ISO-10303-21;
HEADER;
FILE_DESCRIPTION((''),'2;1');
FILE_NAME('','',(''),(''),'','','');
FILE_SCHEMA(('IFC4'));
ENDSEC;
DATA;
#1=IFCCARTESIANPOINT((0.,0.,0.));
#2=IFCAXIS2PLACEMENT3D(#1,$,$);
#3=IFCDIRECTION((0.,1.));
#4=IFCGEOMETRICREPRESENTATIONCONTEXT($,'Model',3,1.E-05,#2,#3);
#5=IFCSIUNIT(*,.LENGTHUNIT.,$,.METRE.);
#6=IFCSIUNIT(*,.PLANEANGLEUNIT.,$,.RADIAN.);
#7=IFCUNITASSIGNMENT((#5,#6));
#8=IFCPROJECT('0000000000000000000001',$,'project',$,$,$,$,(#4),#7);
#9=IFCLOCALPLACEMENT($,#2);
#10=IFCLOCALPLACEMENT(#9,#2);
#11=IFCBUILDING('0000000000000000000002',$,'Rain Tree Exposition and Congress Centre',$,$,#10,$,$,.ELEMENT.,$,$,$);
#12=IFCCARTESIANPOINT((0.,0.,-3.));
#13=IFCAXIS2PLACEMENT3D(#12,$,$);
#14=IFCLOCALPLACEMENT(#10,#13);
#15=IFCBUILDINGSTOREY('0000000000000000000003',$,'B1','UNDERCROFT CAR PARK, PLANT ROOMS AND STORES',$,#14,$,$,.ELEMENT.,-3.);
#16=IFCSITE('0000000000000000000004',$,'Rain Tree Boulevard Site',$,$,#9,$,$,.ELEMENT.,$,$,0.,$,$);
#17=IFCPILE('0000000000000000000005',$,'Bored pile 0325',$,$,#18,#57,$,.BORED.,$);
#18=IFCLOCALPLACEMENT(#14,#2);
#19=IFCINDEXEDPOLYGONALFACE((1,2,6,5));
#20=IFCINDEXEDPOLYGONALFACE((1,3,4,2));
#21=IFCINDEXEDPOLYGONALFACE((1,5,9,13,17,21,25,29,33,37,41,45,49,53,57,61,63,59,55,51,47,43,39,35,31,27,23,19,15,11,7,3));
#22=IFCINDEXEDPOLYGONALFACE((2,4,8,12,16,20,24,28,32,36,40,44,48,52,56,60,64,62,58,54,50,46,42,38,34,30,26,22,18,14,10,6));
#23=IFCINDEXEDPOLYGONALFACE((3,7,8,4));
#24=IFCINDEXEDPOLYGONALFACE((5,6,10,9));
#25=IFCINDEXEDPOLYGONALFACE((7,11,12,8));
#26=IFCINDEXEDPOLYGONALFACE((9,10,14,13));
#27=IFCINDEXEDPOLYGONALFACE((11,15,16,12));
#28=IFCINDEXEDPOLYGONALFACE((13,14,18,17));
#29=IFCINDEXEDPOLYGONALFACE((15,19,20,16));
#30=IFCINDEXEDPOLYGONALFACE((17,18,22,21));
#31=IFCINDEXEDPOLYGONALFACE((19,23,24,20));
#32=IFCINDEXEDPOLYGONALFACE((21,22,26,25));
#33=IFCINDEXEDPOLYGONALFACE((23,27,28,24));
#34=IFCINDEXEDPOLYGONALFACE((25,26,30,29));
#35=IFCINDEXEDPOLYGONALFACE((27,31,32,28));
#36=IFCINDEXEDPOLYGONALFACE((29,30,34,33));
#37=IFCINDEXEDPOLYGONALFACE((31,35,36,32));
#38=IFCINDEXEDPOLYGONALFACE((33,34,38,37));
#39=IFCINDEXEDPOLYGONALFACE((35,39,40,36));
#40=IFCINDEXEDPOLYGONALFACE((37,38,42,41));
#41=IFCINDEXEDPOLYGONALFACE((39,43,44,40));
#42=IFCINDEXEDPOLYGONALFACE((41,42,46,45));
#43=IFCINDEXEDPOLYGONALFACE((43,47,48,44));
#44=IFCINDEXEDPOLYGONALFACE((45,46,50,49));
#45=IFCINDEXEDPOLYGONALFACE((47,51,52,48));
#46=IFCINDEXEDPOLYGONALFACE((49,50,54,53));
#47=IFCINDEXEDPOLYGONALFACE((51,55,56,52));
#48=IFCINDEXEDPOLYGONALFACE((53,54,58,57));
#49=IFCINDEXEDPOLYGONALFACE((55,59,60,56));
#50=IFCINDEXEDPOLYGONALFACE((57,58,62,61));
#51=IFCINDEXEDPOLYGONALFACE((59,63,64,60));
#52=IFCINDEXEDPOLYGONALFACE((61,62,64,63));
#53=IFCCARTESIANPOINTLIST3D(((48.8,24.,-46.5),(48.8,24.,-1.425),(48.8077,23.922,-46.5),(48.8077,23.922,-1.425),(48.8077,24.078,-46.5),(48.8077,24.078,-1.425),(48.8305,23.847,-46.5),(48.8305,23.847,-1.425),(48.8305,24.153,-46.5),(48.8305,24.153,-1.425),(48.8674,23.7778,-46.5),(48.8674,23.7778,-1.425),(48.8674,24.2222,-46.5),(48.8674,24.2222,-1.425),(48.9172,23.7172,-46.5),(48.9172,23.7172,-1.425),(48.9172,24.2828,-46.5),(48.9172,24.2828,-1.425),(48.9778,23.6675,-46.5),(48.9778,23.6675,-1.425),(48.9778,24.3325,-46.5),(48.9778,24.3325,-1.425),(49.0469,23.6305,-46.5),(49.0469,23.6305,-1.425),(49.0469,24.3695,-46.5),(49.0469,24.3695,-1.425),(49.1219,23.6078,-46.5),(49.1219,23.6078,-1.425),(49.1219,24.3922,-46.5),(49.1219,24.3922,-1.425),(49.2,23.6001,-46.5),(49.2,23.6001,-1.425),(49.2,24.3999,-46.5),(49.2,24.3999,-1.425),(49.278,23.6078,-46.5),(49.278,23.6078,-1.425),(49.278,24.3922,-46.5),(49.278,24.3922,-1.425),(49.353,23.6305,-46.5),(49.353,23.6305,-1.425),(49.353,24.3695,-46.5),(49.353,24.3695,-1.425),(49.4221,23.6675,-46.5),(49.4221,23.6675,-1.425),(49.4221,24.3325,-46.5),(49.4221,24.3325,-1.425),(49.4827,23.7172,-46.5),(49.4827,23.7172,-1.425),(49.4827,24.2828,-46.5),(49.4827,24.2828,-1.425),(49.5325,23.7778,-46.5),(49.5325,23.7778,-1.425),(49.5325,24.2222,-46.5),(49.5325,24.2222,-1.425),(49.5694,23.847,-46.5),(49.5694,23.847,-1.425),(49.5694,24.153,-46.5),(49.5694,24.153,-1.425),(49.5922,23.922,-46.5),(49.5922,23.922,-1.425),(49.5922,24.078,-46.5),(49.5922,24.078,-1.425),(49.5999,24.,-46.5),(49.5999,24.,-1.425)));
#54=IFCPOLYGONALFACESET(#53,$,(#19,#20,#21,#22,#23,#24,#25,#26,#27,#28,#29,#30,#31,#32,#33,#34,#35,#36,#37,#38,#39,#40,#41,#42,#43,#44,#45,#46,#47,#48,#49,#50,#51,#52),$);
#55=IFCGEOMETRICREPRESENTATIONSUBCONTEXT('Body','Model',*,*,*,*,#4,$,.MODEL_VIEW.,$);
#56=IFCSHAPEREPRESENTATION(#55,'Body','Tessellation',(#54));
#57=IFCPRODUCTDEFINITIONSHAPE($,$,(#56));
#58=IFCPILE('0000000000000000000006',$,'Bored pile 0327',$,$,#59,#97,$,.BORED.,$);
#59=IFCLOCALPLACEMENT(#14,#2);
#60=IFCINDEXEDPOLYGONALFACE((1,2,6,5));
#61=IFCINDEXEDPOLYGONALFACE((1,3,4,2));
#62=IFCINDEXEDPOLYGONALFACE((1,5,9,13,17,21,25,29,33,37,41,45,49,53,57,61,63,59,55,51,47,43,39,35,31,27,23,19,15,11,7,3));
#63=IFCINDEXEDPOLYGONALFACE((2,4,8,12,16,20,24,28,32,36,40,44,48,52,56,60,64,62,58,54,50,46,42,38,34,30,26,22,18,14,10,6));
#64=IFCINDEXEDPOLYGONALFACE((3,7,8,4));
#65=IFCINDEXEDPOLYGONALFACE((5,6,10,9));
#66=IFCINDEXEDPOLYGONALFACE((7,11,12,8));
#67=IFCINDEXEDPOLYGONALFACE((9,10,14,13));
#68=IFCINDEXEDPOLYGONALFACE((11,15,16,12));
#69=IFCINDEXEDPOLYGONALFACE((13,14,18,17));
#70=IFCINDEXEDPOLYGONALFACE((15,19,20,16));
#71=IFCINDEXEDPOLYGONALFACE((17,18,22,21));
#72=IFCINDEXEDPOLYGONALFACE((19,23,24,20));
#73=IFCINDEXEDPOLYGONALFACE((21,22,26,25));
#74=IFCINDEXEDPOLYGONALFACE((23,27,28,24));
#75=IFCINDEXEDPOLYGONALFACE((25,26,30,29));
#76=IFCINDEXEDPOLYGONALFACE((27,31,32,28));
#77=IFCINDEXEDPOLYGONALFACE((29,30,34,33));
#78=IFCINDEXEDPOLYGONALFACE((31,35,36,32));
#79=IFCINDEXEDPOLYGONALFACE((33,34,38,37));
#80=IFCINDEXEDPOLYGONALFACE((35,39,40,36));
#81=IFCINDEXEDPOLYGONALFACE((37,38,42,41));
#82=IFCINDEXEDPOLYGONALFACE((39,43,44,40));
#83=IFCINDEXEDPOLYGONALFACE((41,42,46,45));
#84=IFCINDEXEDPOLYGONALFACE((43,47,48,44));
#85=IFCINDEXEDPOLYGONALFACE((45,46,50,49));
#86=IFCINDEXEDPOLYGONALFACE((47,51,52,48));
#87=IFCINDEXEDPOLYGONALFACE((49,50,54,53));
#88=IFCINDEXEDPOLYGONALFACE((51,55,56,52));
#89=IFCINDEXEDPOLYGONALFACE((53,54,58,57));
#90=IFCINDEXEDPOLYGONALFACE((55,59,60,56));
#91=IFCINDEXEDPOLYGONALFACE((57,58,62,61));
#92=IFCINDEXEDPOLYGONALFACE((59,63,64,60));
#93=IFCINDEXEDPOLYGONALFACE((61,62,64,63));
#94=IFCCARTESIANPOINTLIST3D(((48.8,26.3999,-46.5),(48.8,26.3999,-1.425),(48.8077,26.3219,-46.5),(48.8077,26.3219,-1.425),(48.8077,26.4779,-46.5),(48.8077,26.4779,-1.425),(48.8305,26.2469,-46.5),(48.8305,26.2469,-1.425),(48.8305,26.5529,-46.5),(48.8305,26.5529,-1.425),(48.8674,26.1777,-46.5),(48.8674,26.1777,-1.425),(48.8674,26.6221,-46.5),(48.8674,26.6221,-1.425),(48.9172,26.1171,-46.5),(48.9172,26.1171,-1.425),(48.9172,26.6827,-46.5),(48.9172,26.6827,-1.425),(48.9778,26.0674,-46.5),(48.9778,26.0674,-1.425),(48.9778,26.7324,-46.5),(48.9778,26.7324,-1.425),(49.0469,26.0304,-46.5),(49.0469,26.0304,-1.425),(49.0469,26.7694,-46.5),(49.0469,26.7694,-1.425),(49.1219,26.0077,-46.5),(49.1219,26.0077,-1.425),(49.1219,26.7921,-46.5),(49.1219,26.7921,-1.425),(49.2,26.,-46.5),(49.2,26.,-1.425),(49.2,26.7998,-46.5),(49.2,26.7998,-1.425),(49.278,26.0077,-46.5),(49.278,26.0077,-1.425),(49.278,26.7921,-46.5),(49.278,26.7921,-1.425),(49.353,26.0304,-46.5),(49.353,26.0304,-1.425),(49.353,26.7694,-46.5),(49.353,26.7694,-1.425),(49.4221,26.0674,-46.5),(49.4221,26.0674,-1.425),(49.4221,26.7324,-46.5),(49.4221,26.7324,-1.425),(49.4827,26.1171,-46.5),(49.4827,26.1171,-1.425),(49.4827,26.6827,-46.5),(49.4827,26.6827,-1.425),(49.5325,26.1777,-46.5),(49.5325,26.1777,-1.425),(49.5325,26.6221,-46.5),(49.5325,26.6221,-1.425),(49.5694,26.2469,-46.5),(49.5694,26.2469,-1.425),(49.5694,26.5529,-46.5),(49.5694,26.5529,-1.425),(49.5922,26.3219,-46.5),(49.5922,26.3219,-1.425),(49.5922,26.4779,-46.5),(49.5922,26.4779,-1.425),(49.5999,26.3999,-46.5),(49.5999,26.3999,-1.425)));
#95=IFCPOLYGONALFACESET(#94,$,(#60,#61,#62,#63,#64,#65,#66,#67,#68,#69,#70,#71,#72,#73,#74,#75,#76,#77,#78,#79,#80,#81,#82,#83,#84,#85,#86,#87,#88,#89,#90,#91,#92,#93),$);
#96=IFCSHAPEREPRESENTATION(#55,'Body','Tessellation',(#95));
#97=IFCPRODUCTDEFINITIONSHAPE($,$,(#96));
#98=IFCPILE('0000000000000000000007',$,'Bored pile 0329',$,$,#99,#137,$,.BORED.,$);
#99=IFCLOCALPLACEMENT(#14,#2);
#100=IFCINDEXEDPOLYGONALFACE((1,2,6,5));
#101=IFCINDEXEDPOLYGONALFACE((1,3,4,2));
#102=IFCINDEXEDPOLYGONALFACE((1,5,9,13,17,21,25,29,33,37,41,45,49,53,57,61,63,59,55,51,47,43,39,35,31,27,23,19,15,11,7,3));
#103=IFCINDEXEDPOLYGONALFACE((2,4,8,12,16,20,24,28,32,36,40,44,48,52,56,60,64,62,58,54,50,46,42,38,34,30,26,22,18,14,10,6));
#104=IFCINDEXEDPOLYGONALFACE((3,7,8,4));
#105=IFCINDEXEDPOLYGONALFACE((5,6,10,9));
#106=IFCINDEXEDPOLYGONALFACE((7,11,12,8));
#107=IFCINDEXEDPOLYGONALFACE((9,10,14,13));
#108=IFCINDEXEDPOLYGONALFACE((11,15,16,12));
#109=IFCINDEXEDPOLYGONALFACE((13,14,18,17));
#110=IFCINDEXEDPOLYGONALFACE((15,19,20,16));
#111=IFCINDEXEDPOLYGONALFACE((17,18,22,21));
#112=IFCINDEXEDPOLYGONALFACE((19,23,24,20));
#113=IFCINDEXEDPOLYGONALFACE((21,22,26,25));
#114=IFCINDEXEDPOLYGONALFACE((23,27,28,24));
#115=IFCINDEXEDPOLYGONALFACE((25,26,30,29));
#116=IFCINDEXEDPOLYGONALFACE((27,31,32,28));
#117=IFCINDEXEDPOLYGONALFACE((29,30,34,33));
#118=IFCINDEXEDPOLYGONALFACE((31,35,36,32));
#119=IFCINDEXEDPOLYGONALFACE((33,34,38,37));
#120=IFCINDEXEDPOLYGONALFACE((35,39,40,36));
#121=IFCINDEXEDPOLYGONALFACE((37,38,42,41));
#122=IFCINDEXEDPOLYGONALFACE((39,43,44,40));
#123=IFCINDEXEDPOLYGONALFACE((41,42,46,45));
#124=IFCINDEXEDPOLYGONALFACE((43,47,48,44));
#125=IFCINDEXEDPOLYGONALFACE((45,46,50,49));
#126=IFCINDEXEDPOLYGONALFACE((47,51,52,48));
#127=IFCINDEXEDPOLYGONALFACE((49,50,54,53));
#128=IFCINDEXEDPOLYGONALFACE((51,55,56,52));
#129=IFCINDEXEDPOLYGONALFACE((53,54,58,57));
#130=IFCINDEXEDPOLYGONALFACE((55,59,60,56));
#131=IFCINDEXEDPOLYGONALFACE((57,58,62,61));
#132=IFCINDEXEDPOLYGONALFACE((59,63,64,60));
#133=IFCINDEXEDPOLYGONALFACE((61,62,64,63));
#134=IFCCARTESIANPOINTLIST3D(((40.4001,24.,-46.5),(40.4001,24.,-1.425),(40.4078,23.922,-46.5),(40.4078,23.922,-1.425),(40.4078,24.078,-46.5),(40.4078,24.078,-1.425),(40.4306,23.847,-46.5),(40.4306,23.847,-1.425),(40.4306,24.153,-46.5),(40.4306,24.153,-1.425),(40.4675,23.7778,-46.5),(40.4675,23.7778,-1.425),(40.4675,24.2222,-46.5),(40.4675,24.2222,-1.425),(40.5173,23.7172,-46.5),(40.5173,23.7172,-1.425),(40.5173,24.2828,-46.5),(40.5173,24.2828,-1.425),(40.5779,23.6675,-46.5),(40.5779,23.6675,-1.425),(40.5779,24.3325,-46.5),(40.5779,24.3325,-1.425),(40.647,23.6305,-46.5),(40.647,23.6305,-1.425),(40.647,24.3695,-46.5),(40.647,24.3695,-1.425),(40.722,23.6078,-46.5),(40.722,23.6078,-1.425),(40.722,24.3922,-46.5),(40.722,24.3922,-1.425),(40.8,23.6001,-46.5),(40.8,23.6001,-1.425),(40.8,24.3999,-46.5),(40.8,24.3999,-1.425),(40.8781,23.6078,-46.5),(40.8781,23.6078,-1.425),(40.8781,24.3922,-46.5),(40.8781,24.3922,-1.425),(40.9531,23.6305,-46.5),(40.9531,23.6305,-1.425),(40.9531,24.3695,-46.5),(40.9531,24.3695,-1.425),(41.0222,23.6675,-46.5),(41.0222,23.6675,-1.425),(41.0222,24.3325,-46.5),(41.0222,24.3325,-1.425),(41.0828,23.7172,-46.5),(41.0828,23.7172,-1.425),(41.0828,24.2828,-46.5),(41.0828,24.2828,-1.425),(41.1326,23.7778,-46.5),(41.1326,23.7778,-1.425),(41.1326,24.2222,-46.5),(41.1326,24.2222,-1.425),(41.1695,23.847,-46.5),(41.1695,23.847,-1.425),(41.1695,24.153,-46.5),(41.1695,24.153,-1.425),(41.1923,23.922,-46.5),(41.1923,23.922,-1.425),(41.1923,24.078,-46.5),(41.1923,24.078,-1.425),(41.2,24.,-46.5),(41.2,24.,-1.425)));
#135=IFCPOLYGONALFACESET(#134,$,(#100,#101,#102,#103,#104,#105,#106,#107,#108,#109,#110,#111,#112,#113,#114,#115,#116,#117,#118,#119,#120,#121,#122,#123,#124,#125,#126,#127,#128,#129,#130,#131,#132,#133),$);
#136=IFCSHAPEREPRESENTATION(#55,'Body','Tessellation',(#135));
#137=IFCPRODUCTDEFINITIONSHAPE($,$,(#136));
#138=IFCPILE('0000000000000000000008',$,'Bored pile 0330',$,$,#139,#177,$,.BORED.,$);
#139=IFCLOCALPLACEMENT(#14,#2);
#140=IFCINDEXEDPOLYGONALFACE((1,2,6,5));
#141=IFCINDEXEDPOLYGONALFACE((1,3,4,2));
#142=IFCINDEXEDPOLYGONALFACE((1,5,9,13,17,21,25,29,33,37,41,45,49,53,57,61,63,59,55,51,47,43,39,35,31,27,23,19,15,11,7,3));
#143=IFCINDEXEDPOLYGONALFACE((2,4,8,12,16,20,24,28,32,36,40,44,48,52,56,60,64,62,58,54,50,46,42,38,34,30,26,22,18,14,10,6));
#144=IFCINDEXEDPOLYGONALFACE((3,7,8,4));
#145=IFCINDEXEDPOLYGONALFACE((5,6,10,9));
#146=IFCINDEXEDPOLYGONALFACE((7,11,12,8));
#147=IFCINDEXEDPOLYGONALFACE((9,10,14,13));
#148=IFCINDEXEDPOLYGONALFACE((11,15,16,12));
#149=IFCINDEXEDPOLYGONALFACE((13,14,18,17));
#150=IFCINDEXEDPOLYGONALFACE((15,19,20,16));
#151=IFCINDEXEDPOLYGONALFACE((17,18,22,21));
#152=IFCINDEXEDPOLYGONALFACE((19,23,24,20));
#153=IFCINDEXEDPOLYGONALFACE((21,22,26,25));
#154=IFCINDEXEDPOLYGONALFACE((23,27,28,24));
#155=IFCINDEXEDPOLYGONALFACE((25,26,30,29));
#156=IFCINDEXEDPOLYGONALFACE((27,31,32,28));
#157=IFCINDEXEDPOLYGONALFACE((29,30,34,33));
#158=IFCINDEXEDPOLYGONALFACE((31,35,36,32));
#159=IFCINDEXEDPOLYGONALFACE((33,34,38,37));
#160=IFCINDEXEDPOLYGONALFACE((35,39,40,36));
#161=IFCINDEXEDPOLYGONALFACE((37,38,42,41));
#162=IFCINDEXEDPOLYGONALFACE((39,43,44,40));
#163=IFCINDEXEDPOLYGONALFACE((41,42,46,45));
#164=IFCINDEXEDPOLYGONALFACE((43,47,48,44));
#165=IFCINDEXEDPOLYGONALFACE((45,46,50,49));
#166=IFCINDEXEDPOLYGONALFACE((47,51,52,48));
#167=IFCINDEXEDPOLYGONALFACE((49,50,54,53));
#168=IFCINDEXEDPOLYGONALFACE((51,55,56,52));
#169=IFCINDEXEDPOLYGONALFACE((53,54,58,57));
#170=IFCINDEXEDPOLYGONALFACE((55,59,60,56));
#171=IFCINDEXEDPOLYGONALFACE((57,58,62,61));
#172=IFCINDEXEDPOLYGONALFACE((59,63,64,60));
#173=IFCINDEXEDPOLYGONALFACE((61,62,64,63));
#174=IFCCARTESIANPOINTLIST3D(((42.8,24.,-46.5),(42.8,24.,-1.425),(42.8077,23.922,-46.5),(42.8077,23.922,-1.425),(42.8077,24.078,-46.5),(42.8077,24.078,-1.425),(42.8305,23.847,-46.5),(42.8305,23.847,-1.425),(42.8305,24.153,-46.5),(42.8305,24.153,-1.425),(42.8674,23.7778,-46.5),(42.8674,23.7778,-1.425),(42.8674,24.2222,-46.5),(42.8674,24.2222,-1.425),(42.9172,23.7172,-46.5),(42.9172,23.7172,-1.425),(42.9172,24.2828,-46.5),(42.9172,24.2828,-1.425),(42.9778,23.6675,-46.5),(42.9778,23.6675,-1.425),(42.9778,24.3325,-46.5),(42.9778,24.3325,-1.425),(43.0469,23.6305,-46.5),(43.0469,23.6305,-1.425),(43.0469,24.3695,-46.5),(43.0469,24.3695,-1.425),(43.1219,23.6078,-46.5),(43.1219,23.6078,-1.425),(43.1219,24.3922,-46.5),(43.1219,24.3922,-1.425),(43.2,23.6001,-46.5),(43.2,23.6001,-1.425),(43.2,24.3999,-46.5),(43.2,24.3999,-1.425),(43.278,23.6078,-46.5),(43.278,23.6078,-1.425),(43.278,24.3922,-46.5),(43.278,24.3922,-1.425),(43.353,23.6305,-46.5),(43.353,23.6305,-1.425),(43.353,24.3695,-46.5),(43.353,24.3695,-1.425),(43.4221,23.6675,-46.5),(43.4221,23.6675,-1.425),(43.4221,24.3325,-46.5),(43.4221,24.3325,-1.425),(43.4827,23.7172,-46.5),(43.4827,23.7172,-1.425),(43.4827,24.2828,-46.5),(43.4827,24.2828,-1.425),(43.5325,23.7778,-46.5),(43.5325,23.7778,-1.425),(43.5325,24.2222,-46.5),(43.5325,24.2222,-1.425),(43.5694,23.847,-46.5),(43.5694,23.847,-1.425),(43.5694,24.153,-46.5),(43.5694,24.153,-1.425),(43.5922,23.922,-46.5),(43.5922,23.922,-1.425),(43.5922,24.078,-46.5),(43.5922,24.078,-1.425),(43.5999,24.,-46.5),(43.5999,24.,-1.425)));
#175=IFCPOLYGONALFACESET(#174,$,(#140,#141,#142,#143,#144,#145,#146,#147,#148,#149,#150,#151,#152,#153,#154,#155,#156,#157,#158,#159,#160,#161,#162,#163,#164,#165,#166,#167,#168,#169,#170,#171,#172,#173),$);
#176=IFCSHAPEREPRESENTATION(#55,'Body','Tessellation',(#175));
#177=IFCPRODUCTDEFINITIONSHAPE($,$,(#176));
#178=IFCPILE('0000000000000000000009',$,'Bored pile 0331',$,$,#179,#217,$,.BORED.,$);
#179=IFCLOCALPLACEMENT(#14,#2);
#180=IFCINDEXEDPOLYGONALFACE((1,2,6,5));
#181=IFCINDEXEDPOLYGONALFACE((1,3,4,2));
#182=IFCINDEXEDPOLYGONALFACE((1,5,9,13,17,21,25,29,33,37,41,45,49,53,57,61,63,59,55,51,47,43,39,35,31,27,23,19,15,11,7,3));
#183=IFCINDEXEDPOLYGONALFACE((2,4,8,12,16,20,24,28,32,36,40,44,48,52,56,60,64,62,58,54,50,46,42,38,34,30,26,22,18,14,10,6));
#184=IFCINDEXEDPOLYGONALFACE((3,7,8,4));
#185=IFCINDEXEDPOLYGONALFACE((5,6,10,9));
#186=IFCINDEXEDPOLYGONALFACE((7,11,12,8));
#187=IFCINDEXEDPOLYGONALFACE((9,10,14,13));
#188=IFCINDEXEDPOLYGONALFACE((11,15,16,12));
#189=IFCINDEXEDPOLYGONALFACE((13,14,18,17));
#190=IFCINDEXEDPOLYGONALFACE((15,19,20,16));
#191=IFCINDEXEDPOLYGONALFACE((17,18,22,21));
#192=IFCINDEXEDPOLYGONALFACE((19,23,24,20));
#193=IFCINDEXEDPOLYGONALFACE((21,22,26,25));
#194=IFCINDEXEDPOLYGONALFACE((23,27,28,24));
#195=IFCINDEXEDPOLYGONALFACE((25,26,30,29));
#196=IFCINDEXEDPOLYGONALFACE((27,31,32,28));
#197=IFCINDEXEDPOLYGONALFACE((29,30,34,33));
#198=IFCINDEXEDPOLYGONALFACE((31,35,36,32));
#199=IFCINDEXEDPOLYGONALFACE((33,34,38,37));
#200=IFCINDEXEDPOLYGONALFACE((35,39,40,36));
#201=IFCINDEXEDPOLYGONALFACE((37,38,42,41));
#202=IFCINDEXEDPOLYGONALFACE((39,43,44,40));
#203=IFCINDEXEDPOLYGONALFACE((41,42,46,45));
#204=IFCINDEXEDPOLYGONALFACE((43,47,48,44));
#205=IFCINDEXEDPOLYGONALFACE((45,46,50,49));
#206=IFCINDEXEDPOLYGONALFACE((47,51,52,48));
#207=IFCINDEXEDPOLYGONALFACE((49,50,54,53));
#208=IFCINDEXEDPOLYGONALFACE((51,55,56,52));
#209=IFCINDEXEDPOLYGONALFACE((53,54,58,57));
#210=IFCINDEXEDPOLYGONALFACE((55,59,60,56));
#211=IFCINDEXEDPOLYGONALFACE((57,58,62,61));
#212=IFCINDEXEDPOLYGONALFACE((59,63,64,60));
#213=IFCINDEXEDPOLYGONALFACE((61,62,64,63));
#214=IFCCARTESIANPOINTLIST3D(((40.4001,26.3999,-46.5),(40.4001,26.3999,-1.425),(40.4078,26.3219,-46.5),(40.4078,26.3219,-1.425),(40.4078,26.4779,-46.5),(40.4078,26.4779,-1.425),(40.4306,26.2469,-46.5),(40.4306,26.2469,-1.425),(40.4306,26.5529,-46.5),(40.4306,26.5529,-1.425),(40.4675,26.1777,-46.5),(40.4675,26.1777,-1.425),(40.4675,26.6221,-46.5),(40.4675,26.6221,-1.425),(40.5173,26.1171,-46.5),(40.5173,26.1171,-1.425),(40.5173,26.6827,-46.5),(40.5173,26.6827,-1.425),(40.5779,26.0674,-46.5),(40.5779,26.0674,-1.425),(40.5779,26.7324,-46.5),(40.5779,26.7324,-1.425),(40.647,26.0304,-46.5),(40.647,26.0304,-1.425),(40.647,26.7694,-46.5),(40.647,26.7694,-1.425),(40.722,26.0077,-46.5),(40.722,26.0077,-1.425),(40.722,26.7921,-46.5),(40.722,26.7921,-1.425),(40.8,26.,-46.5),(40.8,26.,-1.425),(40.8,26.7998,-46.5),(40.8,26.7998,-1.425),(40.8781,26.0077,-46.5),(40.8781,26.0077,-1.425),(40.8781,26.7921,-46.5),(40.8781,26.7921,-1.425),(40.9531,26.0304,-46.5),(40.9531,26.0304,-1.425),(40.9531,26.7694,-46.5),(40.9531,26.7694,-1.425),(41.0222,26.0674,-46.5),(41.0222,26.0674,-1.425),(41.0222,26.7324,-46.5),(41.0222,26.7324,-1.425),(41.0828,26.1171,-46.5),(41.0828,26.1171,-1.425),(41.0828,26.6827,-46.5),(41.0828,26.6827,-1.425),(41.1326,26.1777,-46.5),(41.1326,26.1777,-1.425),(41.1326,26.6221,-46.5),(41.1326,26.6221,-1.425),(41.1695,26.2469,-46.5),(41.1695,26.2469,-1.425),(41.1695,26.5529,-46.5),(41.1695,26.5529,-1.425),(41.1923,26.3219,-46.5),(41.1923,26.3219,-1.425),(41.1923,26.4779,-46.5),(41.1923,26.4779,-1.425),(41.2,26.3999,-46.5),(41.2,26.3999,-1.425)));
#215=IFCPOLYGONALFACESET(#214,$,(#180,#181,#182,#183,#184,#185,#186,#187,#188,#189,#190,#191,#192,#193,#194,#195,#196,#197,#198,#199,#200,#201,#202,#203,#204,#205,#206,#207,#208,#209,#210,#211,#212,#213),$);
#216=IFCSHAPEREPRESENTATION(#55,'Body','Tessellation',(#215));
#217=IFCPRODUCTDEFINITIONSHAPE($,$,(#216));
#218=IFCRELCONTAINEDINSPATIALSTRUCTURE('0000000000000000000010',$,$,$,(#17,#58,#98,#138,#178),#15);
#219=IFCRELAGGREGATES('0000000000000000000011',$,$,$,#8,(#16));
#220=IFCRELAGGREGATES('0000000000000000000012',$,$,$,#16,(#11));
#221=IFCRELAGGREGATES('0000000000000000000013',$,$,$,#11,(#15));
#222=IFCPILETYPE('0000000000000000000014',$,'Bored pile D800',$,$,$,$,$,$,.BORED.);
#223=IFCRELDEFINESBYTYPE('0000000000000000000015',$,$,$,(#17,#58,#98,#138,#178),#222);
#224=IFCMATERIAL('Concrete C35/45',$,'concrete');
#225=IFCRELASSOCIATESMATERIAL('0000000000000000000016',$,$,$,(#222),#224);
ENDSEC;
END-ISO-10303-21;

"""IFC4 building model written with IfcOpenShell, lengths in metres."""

from ifc_helpers import new_model, si_unit, direction, frame, origin, origin_2d, place, context, subcontext, project, spatial, circle, extrude, material, material_profile, profile_set, type_object, element, save


model = new_model("IFC4")

# Units and contexts
model_context = context("Model", 3, precision=1e-05, world=origin(), true_north=direction((0.0, 1.0)))
body_context = subcontext(model_context, "Body", "Model", "MODEL_VIEW")
ifc_project = project(units=[si_unit("LENGTHUNIT", "METRE"), si_unit("PLANEANGLEUNIT", "RADIAN")], contexts=[model_context])

# Site, building, storey
site_placement = place(None, origin())
site = spatial("IfcSite", under=ifc_project, at=site_placement, Name="Rain Tree Boulevard Site", CompositionType="ELEMENT", RefElevation=0.0)
building_placement = place(site_placement, origin())
building = spatial("IfcBuilding", under=site, at=building_placement, Name="Rain Tree Exposition and Congress Centre", CompositionType="ELEMENT")
storey_placement = place(building_placement, frame((0.0, 0.0, -3.0)))
storey = spatial("IfcBuildingStorey", under=building, at=storey_placement, Name="B1", Description="UNDERCROFT CAR PARK, PLANT ROOMS AND STORES", CompositionType="ELEMENT", Elevation=-3.0)

# Piles
ifc_material_1 = material(Name="Concrete C35/45", Category="concrete")
ifc_material_profile_1 = material_profile(ifc_material_1, circle(Radius=0.3999, at=origin_2d()), Name="D800")
ifc_profile_set_1 = profile_set([ifc_material_profile_1], Name="Concrete C35/45")
pile_type = type_object("IfcPileType", Name="Bored pile D800", PredefinedType="BORED", material=ifc_profile_set_1)
for number, where, z_axis, x_axis, name in (
    (1, (49.2, 24.0, -1.425), (0.0, 0.0, -1.0), (1.0, 0.0, 0.0), "Bored pile 0325"),
    (2, (49.2, 26.3999, -1.425), (0.0, 0.0, -1.0), (1.0, 0.0, 0.0), "Bored pile 0327"),
    (3, (40.8, 24.0, -1.425), (0.0, 0.0, -1.0), (1.0, 0.0, 0.0), "Bored pile 0329"),
    (4, (43.2, 24.0, -1.425), (0.0, 0.0, -1.0), (1.0, 0.0, 0.0), "Bored pile 0330"),
    (5, (40.8, 26.3999, -1.425), (0.0, 0.0, -1.0), (1.0, 0.0, 0.0), "Bored pile 0331"),
):
    element("IfcPile", number, at=place(storey_placement, frame(where, z_axis=z_axis, x_axis=x_axis)), inside=storey, type_object=pile_type, Name=name, PredefinedType="BORED", context=body_context, shape_type="SweptSolid", body=[
        extrude(circle(Radius=0.3999, at=origin_2d()), origin(), (0.0, 0.0, 1.0), 45.075),
    ])

save(model, "model.ifc")
